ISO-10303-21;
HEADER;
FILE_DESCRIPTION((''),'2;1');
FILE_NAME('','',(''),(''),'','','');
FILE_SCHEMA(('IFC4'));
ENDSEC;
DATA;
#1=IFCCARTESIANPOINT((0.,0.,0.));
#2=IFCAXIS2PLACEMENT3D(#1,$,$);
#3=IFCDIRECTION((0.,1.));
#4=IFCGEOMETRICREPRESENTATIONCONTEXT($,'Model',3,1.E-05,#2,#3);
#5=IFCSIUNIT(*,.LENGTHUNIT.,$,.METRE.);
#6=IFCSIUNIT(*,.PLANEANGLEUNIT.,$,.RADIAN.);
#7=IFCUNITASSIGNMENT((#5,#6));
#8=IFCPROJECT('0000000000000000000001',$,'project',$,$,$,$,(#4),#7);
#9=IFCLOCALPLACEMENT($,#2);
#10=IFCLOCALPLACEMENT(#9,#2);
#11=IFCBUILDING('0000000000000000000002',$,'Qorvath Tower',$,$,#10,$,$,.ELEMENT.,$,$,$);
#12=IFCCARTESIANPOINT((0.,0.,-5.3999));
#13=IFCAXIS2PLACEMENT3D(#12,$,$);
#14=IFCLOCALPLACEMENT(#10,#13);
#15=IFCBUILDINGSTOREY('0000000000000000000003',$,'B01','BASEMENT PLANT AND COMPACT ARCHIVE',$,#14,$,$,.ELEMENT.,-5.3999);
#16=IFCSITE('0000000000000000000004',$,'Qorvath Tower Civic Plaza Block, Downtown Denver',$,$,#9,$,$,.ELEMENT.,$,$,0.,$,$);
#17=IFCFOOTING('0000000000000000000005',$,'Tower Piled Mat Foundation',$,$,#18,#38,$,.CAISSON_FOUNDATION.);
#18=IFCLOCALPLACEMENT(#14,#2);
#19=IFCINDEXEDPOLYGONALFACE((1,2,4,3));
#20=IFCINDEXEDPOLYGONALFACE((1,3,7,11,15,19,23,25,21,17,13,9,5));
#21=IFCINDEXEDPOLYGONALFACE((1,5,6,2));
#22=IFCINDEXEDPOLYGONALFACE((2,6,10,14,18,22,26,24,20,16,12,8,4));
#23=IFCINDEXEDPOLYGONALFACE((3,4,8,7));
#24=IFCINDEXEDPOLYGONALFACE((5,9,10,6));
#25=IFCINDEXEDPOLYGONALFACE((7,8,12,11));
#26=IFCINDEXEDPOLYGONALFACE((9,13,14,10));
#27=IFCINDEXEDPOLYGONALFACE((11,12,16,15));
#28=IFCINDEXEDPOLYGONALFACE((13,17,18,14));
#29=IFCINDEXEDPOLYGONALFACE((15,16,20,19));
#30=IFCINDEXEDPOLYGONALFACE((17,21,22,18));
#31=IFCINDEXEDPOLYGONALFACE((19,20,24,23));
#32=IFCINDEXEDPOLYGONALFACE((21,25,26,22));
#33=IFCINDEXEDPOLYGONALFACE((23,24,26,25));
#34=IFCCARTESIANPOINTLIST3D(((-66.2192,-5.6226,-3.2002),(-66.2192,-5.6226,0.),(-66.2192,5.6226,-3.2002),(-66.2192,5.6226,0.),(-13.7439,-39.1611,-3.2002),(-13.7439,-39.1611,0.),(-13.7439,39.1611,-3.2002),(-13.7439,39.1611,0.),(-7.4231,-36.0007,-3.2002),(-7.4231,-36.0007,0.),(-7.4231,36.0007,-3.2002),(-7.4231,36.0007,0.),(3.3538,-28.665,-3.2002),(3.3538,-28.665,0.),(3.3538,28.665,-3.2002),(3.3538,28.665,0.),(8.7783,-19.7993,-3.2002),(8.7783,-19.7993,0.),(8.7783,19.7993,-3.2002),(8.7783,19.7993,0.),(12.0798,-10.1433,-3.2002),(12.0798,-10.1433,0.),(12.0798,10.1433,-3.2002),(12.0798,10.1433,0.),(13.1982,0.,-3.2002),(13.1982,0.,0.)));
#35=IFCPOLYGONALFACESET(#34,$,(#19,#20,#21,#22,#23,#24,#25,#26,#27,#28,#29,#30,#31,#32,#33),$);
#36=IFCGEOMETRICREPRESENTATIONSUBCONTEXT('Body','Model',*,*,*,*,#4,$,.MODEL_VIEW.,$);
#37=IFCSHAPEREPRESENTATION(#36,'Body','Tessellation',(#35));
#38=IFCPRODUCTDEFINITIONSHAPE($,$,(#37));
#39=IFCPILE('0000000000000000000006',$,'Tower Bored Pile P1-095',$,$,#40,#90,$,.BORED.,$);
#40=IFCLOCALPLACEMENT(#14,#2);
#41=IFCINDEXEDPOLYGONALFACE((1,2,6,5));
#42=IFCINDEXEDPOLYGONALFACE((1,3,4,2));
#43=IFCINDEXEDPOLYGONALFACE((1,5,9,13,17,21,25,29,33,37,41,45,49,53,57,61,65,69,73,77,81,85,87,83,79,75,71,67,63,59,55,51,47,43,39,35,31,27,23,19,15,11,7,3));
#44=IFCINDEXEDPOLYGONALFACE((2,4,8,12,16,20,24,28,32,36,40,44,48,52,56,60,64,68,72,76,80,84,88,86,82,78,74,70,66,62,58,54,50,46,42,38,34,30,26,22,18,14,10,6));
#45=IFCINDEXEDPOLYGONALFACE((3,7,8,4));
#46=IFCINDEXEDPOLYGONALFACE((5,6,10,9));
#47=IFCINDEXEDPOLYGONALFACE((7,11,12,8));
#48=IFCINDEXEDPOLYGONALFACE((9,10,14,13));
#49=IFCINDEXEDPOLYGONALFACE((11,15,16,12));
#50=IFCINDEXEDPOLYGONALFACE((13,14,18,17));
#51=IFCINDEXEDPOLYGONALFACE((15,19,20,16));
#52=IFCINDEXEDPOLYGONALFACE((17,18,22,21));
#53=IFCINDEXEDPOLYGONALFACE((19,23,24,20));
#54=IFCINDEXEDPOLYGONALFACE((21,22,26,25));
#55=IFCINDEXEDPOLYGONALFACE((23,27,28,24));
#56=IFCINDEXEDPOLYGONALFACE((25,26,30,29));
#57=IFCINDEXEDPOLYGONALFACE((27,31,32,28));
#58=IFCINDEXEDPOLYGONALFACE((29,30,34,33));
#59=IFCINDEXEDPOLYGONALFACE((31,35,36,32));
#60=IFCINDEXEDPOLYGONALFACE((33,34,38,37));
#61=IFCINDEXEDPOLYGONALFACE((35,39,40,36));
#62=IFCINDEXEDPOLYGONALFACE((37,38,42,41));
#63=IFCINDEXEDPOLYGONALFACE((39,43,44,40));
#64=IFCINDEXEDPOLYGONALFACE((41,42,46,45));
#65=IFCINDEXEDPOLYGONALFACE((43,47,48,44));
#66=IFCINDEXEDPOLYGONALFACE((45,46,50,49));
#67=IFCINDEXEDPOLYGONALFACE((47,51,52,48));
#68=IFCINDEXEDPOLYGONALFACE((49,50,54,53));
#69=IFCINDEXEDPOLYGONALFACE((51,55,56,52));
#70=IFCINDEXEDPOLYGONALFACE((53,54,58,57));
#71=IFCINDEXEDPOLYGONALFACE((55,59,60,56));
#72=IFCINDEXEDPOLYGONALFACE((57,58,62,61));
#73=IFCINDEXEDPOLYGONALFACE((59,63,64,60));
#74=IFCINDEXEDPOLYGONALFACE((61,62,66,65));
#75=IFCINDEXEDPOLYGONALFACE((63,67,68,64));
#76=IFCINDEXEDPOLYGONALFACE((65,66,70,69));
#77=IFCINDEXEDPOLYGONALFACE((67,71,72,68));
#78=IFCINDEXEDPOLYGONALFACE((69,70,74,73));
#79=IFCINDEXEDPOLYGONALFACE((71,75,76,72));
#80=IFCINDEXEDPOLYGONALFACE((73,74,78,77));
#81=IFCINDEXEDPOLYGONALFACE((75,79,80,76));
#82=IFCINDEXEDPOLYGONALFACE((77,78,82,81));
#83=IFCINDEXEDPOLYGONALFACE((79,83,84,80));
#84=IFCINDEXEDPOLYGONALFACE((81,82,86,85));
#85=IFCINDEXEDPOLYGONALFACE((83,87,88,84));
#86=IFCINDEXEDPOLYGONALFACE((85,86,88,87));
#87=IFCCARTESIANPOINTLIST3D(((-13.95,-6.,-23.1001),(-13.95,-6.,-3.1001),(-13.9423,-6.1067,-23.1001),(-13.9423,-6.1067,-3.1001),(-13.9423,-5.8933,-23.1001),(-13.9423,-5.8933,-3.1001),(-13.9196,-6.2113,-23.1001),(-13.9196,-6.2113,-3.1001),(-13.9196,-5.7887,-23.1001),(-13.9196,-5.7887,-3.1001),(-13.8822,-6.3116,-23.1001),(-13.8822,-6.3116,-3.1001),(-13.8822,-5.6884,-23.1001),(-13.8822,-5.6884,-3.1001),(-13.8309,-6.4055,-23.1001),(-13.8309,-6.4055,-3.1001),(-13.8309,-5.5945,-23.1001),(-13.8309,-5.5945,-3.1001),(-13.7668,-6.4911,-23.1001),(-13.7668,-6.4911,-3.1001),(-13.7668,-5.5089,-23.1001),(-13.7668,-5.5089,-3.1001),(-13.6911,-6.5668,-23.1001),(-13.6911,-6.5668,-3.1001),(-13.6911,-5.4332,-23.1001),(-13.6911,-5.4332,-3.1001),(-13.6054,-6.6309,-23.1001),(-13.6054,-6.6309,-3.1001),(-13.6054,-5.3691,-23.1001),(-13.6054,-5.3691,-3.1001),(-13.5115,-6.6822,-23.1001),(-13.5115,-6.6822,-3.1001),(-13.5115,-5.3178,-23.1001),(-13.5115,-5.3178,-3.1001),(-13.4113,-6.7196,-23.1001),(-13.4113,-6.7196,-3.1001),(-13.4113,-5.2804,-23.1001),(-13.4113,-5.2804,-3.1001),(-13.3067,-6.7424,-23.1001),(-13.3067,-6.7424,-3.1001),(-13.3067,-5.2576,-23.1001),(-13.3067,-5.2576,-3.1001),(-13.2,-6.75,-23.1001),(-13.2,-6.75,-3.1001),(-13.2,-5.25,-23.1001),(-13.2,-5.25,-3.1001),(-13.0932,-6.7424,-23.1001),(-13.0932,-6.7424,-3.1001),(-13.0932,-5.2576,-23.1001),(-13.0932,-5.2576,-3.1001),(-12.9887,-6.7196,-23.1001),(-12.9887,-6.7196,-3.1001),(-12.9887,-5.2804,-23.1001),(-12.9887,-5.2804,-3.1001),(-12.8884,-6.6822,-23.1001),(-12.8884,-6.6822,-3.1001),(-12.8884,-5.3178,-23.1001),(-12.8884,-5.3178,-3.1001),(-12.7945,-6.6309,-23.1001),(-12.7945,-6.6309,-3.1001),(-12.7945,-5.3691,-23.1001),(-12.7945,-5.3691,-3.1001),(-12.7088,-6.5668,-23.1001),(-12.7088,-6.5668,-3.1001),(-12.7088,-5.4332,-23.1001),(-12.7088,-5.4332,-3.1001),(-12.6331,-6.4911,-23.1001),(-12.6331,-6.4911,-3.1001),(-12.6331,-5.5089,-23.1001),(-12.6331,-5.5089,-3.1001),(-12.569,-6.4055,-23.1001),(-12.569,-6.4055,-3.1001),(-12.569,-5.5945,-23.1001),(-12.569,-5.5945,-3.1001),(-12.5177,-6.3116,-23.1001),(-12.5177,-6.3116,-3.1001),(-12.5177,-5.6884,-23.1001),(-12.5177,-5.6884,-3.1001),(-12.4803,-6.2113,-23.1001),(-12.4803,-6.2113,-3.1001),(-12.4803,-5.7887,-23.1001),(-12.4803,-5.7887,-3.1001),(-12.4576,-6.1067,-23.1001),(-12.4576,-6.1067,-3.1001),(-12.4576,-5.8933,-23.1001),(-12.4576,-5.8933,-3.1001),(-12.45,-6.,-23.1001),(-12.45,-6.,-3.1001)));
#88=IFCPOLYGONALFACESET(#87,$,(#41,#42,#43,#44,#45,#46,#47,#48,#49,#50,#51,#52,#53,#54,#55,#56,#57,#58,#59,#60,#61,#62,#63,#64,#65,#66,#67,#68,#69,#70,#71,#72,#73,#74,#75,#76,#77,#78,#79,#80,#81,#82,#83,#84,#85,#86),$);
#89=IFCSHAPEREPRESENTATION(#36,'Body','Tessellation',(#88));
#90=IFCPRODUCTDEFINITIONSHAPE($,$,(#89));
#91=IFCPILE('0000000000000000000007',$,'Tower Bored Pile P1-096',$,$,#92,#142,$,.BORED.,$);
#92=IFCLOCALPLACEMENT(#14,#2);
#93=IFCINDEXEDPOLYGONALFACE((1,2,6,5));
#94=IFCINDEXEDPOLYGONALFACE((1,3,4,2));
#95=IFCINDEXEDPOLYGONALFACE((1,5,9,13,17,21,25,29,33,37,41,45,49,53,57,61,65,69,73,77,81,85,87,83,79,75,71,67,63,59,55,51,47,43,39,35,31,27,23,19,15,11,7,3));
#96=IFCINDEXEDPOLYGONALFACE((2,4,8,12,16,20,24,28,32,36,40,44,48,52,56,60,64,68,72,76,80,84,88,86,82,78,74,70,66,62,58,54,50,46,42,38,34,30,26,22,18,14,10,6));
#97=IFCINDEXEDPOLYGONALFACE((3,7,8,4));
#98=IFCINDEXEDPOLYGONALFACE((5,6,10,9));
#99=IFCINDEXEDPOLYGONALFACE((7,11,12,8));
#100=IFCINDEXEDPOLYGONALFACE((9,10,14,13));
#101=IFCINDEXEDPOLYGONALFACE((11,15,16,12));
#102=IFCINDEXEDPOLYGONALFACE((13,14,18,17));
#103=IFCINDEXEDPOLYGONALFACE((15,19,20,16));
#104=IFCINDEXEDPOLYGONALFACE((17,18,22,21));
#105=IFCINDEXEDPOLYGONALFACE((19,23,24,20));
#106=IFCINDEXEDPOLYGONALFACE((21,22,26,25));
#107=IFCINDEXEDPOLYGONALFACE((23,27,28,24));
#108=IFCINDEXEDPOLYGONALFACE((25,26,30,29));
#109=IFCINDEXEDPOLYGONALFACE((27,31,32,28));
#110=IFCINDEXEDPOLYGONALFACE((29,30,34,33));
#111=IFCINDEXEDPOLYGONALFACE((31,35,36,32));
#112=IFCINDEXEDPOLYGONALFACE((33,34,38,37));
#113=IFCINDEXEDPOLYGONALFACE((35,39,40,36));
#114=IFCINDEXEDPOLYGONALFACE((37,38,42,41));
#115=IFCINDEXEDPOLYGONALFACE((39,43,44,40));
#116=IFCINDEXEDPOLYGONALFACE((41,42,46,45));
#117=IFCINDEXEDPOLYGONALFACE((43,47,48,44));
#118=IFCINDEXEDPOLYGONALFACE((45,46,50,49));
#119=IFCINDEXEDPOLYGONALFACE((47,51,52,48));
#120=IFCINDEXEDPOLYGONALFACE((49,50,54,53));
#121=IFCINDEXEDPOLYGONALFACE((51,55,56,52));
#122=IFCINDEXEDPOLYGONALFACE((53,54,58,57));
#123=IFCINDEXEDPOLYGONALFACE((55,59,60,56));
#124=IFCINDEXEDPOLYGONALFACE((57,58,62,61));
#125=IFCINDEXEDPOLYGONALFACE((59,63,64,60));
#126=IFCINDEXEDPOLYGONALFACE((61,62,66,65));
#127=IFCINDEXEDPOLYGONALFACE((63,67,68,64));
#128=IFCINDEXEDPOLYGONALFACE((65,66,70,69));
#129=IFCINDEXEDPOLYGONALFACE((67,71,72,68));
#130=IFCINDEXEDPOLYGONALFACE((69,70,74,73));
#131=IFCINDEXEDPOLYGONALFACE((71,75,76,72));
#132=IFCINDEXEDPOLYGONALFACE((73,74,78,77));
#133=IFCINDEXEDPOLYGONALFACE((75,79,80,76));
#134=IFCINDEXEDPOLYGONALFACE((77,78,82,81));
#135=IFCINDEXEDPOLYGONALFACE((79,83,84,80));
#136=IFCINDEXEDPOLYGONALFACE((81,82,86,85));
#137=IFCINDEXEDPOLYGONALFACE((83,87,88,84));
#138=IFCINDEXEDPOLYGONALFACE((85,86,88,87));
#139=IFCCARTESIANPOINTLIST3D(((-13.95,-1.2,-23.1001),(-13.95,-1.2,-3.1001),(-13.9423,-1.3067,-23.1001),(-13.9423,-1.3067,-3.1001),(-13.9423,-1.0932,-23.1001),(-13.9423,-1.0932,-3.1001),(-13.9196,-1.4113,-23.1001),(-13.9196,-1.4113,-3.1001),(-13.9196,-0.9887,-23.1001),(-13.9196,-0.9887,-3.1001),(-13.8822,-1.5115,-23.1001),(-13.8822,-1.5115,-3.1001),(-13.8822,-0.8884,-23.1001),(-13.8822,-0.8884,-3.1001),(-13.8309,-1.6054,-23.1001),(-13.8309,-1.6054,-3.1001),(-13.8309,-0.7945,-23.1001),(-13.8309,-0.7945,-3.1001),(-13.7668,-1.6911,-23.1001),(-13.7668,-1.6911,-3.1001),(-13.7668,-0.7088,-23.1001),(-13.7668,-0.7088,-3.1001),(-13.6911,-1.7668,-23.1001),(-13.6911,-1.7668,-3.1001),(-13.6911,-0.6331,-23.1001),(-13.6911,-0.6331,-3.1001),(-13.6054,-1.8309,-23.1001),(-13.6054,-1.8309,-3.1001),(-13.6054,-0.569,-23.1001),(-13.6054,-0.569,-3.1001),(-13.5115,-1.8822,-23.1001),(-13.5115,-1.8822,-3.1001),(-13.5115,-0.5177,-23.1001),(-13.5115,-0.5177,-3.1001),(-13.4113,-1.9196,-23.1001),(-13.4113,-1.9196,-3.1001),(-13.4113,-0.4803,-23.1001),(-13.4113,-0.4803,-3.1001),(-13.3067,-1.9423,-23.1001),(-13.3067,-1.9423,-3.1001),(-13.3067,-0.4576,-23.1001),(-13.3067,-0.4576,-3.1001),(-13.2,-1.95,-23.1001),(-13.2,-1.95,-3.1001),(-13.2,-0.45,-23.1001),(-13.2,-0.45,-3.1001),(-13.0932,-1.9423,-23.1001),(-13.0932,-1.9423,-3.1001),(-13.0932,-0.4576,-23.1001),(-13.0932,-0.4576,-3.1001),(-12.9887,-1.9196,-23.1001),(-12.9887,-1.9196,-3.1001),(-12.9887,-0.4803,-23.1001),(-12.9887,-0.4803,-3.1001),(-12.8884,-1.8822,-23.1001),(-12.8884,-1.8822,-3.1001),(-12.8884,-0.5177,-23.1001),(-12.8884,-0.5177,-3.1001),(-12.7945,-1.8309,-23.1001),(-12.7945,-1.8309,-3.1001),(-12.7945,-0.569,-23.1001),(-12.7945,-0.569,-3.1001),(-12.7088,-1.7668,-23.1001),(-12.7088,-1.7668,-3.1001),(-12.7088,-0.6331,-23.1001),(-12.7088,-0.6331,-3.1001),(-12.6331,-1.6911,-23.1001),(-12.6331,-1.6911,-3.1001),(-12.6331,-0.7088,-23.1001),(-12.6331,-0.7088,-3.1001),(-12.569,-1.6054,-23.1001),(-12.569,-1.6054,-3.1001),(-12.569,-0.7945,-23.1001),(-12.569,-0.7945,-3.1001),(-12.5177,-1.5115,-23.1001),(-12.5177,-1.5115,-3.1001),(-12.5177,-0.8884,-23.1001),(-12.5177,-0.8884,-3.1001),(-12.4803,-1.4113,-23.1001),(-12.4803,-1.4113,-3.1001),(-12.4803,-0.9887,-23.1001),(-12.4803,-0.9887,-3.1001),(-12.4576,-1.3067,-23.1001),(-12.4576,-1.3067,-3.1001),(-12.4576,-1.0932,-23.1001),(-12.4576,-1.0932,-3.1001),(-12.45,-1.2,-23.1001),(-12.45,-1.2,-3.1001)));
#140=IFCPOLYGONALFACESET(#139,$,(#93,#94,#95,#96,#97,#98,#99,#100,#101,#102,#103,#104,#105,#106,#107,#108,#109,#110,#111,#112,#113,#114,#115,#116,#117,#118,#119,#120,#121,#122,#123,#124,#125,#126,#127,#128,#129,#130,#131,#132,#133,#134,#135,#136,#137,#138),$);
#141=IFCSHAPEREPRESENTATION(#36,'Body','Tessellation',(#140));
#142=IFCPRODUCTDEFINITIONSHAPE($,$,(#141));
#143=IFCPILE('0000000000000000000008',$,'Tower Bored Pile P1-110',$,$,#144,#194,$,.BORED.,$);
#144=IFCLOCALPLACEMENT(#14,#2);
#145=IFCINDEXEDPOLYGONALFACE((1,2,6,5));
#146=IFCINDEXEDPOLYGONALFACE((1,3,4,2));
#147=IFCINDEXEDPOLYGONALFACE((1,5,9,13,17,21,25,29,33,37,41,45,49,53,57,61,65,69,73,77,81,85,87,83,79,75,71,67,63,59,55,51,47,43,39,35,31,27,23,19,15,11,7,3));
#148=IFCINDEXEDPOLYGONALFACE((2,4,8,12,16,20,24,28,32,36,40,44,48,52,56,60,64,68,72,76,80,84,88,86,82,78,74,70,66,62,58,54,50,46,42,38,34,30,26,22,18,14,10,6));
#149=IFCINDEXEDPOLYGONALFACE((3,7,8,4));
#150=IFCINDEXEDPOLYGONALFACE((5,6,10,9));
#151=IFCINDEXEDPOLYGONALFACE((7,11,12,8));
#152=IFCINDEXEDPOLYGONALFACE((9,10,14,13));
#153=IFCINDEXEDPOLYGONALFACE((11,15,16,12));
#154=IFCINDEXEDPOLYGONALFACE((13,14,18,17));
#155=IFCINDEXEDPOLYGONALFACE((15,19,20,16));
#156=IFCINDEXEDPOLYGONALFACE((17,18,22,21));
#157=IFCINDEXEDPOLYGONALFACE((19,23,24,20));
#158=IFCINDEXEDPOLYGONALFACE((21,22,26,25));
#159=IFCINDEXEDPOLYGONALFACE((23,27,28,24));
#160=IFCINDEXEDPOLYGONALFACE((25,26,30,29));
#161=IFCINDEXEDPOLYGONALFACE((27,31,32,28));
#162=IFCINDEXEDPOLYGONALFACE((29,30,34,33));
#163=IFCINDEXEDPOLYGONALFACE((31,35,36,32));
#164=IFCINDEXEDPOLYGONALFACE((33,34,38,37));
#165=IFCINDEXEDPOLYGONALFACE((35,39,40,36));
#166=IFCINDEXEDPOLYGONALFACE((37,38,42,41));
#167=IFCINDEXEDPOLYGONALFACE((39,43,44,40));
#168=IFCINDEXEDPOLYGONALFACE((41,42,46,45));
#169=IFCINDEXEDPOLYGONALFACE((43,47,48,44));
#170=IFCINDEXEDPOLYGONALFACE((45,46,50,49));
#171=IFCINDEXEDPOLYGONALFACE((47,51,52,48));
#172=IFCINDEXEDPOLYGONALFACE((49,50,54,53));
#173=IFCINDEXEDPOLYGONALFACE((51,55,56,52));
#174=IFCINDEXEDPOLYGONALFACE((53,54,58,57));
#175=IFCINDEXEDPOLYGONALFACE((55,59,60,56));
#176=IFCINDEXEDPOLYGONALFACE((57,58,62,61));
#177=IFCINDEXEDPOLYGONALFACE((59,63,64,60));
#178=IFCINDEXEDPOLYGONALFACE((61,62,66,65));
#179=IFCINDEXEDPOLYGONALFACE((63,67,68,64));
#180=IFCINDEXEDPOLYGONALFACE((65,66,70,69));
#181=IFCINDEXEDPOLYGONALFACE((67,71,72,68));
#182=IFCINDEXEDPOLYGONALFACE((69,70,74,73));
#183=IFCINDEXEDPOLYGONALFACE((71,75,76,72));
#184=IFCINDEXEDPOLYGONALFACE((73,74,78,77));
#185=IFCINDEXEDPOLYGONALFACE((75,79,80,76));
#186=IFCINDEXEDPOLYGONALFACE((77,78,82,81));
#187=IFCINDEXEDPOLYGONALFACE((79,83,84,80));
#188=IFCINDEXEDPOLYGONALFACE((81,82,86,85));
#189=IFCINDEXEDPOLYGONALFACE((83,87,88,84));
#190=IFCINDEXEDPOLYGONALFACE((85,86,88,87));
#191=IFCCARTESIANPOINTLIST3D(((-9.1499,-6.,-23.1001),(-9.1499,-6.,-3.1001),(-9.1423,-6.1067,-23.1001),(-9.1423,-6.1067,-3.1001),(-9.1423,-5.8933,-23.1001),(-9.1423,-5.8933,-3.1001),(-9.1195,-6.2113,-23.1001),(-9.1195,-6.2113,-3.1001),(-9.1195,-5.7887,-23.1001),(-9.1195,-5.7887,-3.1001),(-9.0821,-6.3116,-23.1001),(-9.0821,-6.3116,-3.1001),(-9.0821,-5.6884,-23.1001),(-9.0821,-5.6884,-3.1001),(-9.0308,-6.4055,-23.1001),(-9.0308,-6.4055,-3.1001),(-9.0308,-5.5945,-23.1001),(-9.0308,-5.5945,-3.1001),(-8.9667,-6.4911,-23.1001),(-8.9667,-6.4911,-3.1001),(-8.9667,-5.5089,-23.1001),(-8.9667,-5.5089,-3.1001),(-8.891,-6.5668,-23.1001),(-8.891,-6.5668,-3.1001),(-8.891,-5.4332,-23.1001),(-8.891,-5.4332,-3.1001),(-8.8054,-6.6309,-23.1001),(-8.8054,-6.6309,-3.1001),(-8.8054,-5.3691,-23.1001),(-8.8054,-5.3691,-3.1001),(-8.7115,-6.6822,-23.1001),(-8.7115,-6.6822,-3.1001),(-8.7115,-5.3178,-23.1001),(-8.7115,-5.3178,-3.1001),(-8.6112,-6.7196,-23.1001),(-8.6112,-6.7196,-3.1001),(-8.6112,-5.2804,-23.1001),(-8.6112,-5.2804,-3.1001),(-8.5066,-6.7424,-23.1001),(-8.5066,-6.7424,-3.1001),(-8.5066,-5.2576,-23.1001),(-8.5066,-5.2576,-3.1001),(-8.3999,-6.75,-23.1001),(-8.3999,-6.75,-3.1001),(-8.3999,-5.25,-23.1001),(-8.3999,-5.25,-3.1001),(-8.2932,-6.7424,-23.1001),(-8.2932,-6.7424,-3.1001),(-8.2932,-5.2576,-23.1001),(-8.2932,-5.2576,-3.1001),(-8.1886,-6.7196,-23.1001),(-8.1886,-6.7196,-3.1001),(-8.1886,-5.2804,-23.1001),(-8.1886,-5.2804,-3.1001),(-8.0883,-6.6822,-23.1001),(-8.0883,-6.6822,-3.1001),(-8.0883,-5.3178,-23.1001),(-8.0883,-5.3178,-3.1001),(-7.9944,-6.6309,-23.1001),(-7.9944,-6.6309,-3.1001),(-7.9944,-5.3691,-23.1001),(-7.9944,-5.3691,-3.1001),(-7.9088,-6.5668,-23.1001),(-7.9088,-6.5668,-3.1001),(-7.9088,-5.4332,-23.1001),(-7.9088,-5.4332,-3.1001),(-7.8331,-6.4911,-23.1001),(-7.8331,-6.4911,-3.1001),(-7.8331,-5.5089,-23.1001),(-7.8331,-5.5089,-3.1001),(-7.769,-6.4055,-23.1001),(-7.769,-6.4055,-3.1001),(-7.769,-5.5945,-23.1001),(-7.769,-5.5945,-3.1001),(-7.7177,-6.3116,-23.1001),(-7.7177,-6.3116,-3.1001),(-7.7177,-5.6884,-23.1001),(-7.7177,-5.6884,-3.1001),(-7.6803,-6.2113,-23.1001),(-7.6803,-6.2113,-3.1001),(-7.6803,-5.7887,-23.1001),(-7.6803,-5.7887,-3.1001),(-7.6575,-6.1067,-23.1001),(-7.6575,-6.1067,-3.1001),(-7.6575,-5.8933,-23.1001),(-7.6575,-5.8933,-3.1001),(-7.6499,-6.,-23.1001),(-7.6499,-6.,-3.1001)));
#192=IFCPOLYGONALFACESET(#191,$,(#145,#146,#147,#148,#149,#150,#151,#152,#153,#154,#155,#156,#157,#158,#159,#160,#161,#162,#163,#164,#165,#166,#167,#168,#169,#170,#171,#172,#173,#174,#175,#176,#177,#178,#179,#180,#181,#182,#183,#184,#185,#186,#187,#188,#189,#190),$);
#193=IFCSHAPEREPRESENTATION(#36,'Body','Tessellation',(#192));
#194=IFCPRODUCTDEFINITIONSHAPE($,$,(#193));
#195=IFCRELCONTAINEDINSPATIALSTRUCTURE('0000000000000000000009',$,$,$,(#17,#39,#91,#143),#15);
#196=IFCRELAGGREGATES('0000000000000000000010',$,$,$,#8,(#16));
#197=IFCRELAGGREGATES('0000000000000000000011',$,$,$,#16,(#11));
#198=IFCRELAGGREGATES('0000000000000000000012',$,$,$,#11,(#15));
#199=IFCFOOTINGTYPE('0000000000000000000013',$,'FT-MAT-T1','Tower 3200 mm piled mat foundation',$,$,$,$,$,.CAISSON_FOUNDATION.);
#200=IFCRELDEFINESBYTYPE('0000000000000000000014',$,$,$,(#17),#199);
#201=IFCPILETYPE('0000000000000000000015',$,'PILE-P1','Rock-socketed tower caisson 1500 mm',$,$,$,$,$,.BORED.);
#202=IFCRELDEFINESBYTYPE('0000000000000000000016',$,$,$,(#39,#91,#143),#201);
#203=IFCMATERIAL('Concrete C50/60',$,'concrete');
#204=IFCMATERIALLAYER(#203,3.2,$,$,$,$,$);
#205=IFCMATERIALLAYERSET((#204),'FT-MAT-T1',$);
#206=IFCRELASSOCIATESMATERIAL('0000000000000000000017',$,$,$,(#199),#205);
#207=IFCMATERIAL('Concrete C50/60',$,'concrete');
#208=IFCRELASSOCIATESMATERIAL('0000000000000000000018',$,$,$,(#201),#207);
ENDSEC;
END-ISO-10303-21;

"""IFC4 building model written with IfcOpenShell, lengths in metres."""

from ifc_helpers import new_model, si_unit, direction, frame, origin, origin_2d, place, context, subcontext, project, spatial, polyline, circle, outline, extrude, material, layer, layer_set, material_profile, profile_set, type_object, element, save


model = new_model("IFC4")

# Units and contexts
model_context = context("Model", 3, precision=1e-05, world=origin(), true_north=direction((0.0, 1.0)))
body_context = subcontext(model_context, "Body", "Model", "MODEL_VIEW")
ifc_project = project(units=[si_unit("LENGTHUNIT", "METRE"), si_unit("PLANEANGLEUNIT", "RADIAN")], contexts=[model_context])

# Site, building, storey
site_placement = place(None, origin())
site = spatial("IfcSite", under=ifc_project, at=site_placement, Name="Qorvath Tower Civic Plaza Block, Downtown Denver", CompositionType="ELEMENT", RefElevation=0.0)
building_placement = place(site_placement, origin())
building = spatial("IfcBuilding", under=site, at=building_placement, Name="Qorvath Tower", CompositionType="ELEMENT")
storey_placement = place(building_placement, frame((0.0, 0.0, -5.3999)))
storey = spatial("IfcBuildingStorey", under=building, at=storey_placement, Name="B01", Description="BASEMENT PLANT AND COMPACT ARCHIVE", CompositionType="ELEMENT", Elevation=-5.3999)

# Footing
ifc_material_1 = material(Name="Concrete C50/60", Category="concrete")
ifc_layer_1 = layer(ifc_material_1, 3.2)
ifc_layer_set_1 = layer_set([ifc_layer_1], Name="FT-MAT-T1")
footing_type = type_object("IfcFootingType", Name="FT-MAT-T1", Description="Tower 3200 mm piled mat foundation", PredefinedType="CAISSON_FOUNDATION", material=ifc_layer_set_1)
footing_placement = place(storey_placement, frame((0.0, 0.0, -3.2002)))
element("IfcFooting", 1, at=footing_placement, inside=storey, type_object=footing_type, Name="Tower Piled Mat Foundation", PredefinedType="CAISSON_FOUNDATION", context=body_context, shape_type="SweptSolid", body=[
    extrude(outline(polyline([(-66.2192, 5.6226), (-66.2192, -5.6226), (-13.7439, -39.1611), (-7.4231, -36.0007), (3.3538, -28.665), (8.7783, -19.7993), (12.0798, -10.1433), (13.1982, 0.0), (12.0798, 10.1433), (8.7783, 19.7993), (3.3538, 28.665), (-7.4231, 36.0007), (-13.7439, 39.1611), (-66.2192, 5.6226)])), origin(), (0.0, 0.0, 1.0), 3.2002),
])

# Piles
ifc_material_2 = material(Name="Concrete C50/60", Category="concrete")
ifc_material_profile_1 = material_profile(ifc_material_2, circle(Radius=0.75, at=origin_2d()), Name="BORED PILE 1500")
ifc_profile_set_1 = profile_set([ifc_material_profile_1], Name="Concrete C50/60")
pile_type = type_object("IfcPileType", Name="PILE-P1", Description="Rock-socketed tower caisson 1500 mm", PredefinedType="BORED", material=ifc_profile_set_1)
for number, where, z_axis, x_axis, name in (
    (2, (-13.2, -6.0, -3.1001), (0.0, 0.0, -1.0), (1.0, 0.0, 0.0), "Tower Bored Pile P1-095"),
    (3, (-13.2, -1.2, -3.1001), (0.0, 0.0, -1.0), (1.0, 0.0, 0.0), "Tower Bored Pile P1-096"),
    (4, (-8.3999, -6.0, -3.1001), (0.0, 0.0, -1.0), (1.0, 0.0, 0.0), "Tower Bored Pile P1-110"),
):
    element("IfcPile", number, at=place(storey_placement, frame(where, z_axis=z_axis, x_axis=x_axis)), inside=storey, type_object=pile_type, Name=name, PredefinedType="BORED", context=body_context, shape_type="SweptSolid", body=[
        extrude(circle(Radius=0.75, at=origin_2d()), origin(), (0.0, 0.0, 1.0), 20.0),
    ])

save(model, "model.ifc")
